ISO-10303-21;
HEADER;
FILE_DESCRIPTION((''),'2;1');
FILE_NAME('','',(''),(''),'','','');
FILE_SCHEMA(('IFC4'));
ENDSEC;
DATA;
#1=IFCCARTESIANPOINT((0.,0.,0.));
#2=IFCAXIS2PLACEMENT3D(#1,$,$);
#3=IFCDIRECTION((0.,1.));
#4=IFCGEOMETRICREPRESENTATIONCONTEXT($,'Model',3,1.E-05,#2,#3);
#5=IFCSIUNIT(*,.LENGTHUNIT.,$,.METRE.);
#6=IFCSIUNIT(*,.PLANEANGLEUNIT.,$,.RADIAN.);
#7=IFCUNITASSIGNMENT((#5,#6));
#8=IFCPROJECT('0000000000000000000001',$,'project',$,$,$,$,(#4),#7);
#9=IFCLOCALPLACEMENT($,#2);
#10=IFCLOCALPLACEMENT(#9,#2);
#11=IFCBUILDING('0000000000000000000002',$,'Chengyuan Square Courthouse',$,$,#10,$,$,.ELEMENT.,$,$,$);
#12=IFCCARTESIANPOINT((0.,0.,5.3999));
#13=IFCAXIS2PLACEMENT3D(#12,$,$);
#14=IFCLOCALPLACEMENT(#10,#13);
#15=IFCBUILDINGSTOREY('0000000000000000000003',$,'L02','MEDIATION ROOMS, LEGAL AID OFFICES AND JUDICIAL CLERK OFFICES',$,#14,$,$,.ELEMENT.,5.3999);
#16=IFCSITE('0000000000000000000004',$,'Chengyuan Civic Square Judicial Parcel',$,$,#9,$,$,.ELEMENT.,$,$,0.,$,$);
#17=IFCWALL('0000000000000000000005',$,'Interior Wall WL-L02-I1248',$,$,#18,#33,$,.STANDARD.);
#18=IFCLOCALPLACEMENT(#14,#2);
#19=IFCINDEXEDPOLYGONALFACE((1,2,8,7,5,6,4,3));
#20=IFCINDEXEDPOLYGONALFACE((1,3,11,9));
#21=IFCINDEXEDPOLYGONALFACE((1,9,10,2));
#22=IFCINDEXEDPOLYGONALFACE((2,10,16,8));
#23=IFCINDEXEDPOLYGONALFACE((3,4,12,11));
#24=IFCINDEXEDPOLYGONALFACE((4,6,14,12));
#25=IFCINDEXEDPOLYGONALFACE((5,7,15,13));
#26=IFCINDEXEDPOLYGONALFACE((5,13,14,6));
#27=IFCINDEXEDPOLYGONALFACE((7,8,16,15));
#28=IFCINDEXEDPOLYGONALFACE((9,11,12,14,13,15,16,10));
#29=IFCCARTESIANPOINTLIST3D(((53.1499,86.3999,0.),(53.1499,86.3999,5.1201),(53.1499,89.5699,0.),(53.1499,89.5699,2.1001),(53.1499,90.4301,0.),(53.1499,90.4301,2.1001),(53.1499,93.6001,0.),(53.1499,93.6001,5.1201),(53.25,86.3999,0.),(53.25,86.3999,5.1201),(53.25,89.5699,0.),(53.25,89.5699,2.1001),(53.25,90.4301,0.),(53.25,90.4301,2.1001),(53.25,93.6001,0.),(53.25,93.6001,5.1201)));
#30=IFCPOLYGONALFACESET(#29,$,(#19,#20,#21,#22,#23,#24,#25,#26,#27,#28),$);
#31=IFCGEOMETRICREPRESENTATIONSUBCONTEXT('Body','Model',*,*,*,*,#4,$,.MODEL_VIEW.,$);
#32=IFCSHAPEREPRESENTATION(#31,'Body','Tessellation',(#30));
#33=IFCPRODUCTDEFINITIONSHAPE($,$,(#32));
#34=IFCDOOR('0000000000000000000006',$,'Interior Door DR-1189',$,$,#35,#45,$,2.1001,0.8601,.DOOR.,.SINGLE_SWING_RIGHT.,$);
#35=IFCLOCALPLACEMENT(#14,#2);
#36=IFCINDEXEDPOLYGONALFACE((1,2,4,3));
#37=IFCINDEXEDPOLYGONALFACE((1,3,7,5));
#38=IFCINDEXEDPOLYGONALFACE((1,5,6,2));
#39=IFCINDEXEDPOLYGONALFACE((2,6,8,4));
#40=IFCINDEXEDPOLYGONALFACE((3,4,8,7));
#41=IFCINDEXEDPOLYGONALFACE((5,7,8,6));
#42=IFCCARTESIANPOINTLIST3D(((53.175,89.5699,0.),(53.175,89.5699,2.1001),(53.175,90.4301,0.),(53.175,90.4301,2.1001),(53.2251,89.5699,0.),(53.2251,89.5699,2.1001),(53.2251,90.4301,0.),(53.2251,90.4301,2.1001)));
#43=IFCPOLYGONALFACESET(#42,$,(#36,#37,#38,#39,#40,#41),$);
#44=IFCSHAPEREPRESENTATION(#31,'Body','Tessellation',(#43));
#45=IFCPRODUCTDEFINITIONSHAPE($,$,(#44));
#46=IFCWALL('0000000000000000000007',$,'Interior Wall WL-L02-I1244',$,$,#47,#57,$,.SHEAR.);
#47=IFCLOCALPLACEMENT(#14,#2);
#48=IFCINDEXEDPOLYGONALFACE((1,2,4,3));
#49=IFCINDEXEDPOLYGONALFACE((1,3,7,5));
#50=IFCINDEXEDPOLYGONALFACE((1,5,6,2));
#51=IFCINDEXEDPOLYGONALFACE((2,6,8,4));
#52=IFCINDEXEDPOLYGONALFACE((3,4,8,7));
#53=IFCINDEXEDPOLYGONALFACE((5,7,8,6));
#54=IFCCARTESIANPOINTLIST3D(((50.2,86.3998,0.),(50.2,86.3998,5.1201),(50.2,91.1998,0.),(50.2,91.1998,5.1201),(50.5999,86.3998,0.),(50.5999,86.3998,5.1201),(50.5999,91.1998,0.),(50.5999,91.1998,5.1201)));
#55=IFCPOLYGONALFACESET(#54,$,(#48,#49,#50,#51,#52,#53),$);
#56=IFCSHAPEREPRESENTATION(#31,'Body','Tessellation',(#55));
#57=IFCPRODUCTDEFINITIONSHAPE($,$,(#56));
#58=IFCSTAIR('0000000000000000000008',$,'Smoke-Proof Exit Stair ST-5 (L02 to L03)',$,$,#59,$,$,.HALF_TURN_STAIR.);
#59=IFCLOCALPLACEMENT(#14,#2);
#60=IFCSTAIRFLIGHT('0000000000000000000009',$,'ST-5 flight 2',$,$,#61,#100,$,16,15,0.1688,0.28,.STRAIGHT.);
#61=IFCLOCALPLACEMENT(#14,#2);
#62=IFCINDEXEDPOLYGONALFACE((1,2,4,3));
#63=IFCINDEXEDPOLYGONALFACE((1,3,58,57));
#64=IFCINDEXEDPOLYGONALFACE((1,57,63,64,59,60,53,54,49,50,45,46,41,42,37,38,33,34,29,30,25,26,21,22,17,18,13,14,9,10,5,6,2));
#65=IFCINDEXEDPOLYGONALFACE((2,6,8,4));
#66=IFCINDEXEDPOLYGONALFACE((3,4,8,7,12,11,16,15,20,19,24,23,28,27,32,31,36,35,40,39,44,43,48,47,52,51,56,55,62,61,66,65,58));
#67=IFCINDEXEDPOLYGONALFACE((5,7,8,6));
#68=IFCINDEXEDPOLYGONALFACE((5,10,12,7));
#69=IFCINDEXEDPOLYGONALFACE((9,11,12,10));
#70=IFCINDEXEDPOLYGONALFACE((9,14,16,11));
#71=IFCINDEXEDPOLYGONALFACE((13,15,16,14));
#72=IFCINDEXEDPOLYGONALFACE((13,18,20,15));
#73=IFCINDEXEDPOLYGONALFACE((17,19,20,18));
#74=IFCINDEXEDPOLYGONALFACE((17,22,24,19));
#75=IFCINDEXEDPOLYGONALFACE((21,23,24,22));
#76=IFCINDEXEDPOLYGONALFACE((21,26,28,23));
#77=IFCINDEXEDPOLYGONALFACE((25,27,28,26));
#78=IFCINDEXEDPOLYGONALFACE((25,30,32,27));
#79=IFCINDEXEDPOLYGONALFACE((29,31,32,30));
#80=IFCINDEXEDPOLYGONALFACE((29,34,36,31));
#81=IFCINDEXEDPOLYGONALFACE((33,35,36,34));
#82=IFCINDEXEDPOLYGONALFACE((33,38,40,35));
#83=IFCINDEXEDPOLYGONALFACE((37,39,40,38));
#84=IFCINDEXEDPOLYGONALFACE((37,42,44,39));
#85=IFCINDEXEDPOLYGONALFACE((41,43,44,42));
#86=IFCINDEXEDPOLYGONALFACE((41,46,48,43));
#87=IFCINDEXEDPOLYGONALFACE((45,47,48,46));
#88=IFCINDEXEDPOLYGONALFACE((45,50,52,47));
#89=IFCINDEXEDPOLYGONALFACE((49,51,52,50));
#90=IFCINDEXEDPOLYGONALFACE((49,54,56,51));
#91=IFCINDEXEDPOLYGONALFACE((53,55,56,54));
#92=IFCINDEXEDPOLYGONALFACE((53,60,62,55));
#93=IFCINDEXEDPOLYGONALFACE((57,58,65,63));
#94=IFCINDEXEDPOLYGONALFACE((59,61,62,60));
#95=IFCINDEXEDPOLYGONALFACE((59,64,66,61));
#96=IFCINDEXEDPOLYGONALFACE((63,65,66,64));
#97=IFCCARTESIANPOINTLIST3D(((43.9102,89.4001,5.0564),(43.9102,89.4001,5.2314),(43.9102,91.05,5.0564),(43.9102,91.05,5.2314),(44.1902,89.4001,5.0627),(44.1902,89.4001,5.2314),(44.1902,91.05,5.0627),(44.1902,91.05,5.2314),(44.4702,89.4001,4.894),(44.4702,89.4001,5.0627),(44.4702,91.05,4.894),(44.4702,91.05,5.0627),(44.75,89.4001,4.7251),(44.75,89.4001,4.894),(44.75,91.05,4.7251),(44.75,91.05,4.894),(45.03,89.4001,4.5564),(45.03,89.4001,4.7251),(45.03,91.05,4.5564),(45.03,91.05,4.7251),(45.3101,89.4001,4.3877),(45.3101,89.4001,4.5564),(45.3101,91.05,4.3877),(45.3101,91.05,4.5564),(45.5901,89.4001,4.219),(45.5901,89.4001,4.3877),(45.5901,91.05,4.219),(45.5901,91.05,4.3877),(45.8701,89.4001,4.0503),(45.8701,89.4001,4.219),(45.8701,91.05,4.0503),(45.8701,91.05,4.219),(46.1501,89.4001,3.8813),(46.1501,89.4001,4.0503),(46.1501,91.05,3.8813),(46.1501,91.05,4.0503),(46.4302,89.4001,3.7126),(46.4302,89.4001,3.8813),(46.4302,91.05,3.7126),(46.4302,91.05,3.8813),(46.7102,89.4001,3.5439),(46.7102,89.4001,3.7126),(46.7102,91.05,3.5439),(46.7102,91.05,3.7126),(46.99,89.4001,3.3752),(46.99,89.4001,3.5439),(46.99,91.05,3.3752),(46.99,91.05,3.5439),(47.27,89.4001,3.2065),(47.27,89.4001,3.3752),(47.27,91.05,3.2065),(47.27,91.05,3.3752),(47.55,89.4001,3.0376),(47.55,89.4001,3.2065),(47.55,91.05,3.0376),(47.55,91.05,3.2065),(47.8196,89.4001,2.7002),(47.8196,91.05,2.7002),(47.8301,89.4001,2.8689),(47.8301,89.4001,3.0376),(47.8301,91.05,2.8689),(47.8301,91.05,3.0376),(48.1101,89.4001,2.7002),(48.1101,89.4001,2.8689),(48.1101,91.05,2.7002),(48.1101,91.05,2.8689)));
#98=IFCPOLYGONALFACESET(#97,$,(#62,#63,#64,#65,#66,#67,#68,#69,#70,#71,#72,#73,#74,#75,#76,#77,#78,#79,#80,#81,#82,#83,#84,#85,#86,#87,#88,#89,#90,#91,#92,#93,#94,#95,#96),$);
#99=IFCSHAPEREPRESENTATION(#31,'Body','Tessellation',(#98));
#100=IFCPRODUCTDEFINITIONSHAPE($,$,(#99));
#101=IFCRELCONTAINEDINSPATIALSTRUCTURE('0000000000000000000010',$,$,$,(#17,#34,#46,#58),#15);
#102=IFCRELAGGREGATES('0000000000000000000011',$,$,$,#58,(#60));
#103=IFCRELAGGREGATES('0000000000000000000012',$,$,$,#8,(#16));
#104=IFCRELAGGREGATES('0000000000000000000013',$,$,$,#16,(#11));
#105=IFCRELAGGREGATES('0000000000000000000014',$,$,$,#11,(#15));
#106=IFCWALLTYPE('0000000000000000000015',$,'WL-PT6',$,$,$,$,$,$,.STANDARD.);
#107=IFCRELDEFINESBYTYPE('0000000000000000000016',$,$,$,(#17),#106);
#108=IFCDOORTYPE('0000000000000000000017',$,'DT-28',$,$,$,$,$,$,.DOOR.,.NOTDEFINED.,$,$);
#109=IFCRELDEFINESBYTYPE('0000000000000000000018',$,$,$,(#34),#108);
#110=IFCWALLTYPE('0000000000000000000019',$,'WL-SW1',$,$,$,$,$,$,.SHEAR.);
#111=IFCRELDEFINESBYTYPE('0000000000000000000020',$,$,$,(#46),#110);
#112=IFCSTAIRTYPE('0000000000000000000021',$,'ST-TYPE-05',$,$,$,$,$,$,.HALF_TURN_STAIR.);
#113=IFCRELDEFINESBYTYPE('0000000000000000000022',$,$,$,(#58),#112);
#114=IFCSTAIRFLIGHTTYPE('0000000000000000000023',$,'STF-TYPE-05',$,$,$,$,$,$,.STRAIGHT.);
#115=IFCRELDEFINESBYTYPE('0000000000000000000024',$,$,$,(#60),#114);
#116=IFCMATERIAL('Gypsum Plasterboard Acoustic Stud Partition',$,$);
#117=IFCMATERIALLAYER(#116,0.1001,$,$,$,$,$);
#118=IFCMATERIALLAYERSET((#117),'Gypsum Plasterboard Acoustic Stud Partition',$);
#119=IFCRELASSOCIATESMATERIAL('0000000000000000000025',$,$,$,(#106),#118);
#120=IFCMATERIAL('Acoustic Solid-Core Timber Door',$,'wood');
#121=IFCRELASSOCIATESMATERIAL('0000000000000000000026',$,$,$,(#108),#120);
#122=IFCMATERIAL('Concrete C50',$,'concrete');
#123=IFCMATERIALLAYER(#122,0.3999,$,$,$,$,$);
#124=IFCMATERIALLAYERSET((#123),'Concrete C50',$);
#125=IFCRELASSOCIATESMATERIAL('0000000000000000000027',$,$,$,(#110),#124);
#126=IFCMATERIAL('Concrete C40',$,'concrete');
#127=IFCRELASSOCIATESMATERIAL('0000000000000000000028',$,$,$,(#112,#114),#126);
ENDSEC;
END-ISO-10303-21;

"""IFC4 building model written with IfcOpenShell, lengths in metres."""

from ifc_helpers import new_model, si_unit, direction, frame, frame_2d, origin, place, context, subcontext, project, spatial, polyline, rectangle, outline, extrude, material, layer, layer_set, type_object, element, fill, aggregate, save


model = new_model("IFC4")

# Units and contexts
model_context = context("Model", 3, precision=1e-05, world=origin(), true_north=direction((0.0, 1.0)))
body_context = subcontext(model_context, "Body", "Model", "MODEL_VIEW")
ifc_project = project(units=[si_unit("LENGTHUNIT", "METRE"), si_unit("PLANEANGLEUNIT", "RADIAN")], contexts=[model_context])

# Site, building, storey
site_placement = place(None, origin())
site = spatial("IfcSite", under=ifc_project, at=site_placement, Name="Chengyuan Civic Square Judicial Parcel", CompositionType="ELEMENT", RefElevation=0.0)
building_placement = place(site_placement, origin())
building = spatial("IfcBuilding", under=site, at=building_placement, Name="Chengyuan Square Courthouse", CompositionType="ELEMENT")
storey_placement = place(building_placement, frame((0.0, 0.0, 5.3999)))
storey = spatial("IfcBuildingStorey", under=building, at=storey_placement, Name="L02", Description="MEDIATION ROOMS, LEGAL AID OFFICES AND JUDICIAL CLERK OFFICES", CompositionType="ELEMENT", Elevation=5.3999)

# Shared definitions
ifc_material_1 = material(Name="Concrete C50", Category="concrete")

# Shared definitions
ifc_material_2 = material(Name="Concrete C40", Category="concrete")

# Shared definitions
ifc_material_3 = material(Name="Gypsum Plasterboard Acoustic Stud Partition")
ifc_layer_1 = layer(ifc_material_3, 0.1001)
ifc_layer_set_1 = layer_set([ifc_layer_1], Name="Gypsum Plasterboard Acoustic Stud Partition")
wall_type_1 = type_object("IfcWallType", Name="WL-PT6", PredefinedType="STANDARD", material=ifc_layer_set_1)
ifc_material_4 = material(Name="Acoustic Solid-Core Timber Door", Category="wood")

# Wall, opening, door
wall_1_placement = place(storey_placement, frame((53.2, 86.3999, 0.0), z_axis=(0.0, 0.0, 1.0), x_axis=(0.0, 1.0, 0.0)))
wall_1 = element("IfcWall", 1, at=wall_1_placement, inside=storey, type_object=wall_type_1, Name="Interior Wall WL-L02-I1248", PredefinedType="STANDARD", context=body_context, shape_type="SweptSolid", body=[
    extrude(rectangle(XDim=7.2002, YDim=0.1001, at=frame_2d((3.6001, 0.0))), origin(), (0.0, 0.0, 1.0), 5.1201),
])
opening_1_placement = place(wall_1_placement, frame((3.1699, 0.0, 0.0)))
opening_1 = element("IfcOpeningElement", 2, at=opening_1_placement, cuts=wall_1, PredefinedType="OPENING", context=body_context, shape_type="SweptSolid", body=[
    extrude(rectangle(XDim=0.8601, YDim=2.1001, at=frame_2d((0.4302, 1.05))), frame((0.0, 0.062, 0.0), z_axis=(0.0, -1.0, 0.0), x_axis=(1.0, 0.0, 0.0)), (0.0, 0.0, 1.0), 0.124),
])
door_type_1 = type_object("IfcDoorType", Name="DT-28", OperationType="NOTDEFINED", PredefinedType="DOOR", material=ifc_material_4)
door_1_placement = place(opening_1_placement, origin())
door_1 = element("IfcDoor", 3, at=door_1_placement, inside=storey, type_object=door_type_1, Name="Interior Door DR-1189", OperationType="SINGLE_SWING_RIGHT", OverallHeight=2.1001, OverallWidth=0.8601, PredefinedType="DOOR", context=body_context, shape_type="SweptSolid", body=[
    extrude(rectangle(XDim=0.8601, YDim=2.1001, at=frame_2d((0.4302, 1.05))), frame((0.0, 0.0249, 0.0), z_axis=(0.0, -1.0, 0.0), x_axis=(1.0, 0.0, 0.0)), (0.0, 0.0, 1.0), 0.05),
])
fill(opening_1, door_1)

# Wall
ifc_layer_2 = layer(ifc_material_1, 0.3999)
ifc_layer_set_2 = layer_set([ifc_layer_2], Name="Concrete C50")
wall_type_2 = type_object("IfcWallType", Name="WL-SW1", PredefinedType="SHEAR", material=ifc_layer_set_2)
wall_2_placement = place(storey_placement, frame((50.3999, 86.3999, 0.0), z_axis=(0.0, 0.0, 1.0), x_axis=(0.0, 1.0, 0.0)))
element("IfcWall", 4, at=wall_2_placement, inside=storey, type_object=wall_type_2, Name="Interior Wall WL-L02-I1244", PredefinedType="SHEAR", context=body_context, shape_type="SweptSolid", body=[
    extrude(rectangle(XDim=4.8, YDim=0.3999, at=frame_2d((2.3999, 0.0))), origin(), (0.0, 0.0, 1.0), 5.1201),
])

# Stair, stair flight
stair_type = type_object("IfcStairType", Name="ST-TYPE-05", PredefinedType="HALF_TURN_STAIR", material=ifc_material_2)
stair_placement = place(storey_placement, origin())
stair = element("IfcStair", 5, at=stair_placement, inside=storey, type_object=stair_type, Name="Smoke-Proof Exit Stair ST-5 (L02 to L03)", PredefinedType="HALF_TURN_STAIR")
stair_flight_type = type_object("IfcStairFlightType", Name="STF-TYPE-05", PredefinedType="STRAIGHT", material=ifc_material_2)
stair_flight_placement = place(storey_placement, frame((48.1101, 90.2251, 2.7002), z_axis=(0.0, 0.0, 1.0), x_axis=(-1.0, 0.0, 0.0)))
stair_flight = element("IfcStairFlight", 6, at=stair_flight_placement, type_object=stair_flight_type, Name="ST-5 flight 2", NumberOfRisers=16, NumberOfTreads=15, PredefinedType="STRAIGHT", RiserHeight=0.1688, TreadLength=0.28, context=body_context, shape_type="SweptSolid", body=[
    extrude(outline(polyline([(0.0, 0.0), (0.0, 0.1687), (0.28, 0.1687), (0.28, 0.3374), (0.5601, 0.3374), (0.5601, 0.5063), (0.8401, 0.5063), (0.8401, 0.675), (1.1201, 0.675), (1.1201, 0.8438), (1.3999, 0.8438), (1.3999, 1.0125), (1.6799, 1.0125), (1.6799, 1.1812), (1.96, 1.1812), (1.96, 1.3501), (2.24, 1.3501), (2.24, 1.5188), (2.52, 1.5188), (2.52, 1.6875), (2.8, 1.6875), (2.8, 1.8562), (3.0801, 1.8562), (3.0801, 2.0249), (3.3601, 2.0249), (3.3601, 2.1938), (3.6399, 2.1938), (3.6399, 2.3625), (3.9199, 2.3625), (3.9199, 2.5312), (4.2, 2.5312), (4.2, 2.7), (4.2, 2.3562), (0.2905, 0.0), (0.0, 0.0)])), frame((0.0, 0.825, 0.0), z_axis=(0.0, -1.0, 0.0), x_axis=(1.0, 0.0, 0.0)), (0.0, 0.0, 1.0), 1.6499),
])
aggregate(stair, [stair_flight])

save(model, "model.ifc")
